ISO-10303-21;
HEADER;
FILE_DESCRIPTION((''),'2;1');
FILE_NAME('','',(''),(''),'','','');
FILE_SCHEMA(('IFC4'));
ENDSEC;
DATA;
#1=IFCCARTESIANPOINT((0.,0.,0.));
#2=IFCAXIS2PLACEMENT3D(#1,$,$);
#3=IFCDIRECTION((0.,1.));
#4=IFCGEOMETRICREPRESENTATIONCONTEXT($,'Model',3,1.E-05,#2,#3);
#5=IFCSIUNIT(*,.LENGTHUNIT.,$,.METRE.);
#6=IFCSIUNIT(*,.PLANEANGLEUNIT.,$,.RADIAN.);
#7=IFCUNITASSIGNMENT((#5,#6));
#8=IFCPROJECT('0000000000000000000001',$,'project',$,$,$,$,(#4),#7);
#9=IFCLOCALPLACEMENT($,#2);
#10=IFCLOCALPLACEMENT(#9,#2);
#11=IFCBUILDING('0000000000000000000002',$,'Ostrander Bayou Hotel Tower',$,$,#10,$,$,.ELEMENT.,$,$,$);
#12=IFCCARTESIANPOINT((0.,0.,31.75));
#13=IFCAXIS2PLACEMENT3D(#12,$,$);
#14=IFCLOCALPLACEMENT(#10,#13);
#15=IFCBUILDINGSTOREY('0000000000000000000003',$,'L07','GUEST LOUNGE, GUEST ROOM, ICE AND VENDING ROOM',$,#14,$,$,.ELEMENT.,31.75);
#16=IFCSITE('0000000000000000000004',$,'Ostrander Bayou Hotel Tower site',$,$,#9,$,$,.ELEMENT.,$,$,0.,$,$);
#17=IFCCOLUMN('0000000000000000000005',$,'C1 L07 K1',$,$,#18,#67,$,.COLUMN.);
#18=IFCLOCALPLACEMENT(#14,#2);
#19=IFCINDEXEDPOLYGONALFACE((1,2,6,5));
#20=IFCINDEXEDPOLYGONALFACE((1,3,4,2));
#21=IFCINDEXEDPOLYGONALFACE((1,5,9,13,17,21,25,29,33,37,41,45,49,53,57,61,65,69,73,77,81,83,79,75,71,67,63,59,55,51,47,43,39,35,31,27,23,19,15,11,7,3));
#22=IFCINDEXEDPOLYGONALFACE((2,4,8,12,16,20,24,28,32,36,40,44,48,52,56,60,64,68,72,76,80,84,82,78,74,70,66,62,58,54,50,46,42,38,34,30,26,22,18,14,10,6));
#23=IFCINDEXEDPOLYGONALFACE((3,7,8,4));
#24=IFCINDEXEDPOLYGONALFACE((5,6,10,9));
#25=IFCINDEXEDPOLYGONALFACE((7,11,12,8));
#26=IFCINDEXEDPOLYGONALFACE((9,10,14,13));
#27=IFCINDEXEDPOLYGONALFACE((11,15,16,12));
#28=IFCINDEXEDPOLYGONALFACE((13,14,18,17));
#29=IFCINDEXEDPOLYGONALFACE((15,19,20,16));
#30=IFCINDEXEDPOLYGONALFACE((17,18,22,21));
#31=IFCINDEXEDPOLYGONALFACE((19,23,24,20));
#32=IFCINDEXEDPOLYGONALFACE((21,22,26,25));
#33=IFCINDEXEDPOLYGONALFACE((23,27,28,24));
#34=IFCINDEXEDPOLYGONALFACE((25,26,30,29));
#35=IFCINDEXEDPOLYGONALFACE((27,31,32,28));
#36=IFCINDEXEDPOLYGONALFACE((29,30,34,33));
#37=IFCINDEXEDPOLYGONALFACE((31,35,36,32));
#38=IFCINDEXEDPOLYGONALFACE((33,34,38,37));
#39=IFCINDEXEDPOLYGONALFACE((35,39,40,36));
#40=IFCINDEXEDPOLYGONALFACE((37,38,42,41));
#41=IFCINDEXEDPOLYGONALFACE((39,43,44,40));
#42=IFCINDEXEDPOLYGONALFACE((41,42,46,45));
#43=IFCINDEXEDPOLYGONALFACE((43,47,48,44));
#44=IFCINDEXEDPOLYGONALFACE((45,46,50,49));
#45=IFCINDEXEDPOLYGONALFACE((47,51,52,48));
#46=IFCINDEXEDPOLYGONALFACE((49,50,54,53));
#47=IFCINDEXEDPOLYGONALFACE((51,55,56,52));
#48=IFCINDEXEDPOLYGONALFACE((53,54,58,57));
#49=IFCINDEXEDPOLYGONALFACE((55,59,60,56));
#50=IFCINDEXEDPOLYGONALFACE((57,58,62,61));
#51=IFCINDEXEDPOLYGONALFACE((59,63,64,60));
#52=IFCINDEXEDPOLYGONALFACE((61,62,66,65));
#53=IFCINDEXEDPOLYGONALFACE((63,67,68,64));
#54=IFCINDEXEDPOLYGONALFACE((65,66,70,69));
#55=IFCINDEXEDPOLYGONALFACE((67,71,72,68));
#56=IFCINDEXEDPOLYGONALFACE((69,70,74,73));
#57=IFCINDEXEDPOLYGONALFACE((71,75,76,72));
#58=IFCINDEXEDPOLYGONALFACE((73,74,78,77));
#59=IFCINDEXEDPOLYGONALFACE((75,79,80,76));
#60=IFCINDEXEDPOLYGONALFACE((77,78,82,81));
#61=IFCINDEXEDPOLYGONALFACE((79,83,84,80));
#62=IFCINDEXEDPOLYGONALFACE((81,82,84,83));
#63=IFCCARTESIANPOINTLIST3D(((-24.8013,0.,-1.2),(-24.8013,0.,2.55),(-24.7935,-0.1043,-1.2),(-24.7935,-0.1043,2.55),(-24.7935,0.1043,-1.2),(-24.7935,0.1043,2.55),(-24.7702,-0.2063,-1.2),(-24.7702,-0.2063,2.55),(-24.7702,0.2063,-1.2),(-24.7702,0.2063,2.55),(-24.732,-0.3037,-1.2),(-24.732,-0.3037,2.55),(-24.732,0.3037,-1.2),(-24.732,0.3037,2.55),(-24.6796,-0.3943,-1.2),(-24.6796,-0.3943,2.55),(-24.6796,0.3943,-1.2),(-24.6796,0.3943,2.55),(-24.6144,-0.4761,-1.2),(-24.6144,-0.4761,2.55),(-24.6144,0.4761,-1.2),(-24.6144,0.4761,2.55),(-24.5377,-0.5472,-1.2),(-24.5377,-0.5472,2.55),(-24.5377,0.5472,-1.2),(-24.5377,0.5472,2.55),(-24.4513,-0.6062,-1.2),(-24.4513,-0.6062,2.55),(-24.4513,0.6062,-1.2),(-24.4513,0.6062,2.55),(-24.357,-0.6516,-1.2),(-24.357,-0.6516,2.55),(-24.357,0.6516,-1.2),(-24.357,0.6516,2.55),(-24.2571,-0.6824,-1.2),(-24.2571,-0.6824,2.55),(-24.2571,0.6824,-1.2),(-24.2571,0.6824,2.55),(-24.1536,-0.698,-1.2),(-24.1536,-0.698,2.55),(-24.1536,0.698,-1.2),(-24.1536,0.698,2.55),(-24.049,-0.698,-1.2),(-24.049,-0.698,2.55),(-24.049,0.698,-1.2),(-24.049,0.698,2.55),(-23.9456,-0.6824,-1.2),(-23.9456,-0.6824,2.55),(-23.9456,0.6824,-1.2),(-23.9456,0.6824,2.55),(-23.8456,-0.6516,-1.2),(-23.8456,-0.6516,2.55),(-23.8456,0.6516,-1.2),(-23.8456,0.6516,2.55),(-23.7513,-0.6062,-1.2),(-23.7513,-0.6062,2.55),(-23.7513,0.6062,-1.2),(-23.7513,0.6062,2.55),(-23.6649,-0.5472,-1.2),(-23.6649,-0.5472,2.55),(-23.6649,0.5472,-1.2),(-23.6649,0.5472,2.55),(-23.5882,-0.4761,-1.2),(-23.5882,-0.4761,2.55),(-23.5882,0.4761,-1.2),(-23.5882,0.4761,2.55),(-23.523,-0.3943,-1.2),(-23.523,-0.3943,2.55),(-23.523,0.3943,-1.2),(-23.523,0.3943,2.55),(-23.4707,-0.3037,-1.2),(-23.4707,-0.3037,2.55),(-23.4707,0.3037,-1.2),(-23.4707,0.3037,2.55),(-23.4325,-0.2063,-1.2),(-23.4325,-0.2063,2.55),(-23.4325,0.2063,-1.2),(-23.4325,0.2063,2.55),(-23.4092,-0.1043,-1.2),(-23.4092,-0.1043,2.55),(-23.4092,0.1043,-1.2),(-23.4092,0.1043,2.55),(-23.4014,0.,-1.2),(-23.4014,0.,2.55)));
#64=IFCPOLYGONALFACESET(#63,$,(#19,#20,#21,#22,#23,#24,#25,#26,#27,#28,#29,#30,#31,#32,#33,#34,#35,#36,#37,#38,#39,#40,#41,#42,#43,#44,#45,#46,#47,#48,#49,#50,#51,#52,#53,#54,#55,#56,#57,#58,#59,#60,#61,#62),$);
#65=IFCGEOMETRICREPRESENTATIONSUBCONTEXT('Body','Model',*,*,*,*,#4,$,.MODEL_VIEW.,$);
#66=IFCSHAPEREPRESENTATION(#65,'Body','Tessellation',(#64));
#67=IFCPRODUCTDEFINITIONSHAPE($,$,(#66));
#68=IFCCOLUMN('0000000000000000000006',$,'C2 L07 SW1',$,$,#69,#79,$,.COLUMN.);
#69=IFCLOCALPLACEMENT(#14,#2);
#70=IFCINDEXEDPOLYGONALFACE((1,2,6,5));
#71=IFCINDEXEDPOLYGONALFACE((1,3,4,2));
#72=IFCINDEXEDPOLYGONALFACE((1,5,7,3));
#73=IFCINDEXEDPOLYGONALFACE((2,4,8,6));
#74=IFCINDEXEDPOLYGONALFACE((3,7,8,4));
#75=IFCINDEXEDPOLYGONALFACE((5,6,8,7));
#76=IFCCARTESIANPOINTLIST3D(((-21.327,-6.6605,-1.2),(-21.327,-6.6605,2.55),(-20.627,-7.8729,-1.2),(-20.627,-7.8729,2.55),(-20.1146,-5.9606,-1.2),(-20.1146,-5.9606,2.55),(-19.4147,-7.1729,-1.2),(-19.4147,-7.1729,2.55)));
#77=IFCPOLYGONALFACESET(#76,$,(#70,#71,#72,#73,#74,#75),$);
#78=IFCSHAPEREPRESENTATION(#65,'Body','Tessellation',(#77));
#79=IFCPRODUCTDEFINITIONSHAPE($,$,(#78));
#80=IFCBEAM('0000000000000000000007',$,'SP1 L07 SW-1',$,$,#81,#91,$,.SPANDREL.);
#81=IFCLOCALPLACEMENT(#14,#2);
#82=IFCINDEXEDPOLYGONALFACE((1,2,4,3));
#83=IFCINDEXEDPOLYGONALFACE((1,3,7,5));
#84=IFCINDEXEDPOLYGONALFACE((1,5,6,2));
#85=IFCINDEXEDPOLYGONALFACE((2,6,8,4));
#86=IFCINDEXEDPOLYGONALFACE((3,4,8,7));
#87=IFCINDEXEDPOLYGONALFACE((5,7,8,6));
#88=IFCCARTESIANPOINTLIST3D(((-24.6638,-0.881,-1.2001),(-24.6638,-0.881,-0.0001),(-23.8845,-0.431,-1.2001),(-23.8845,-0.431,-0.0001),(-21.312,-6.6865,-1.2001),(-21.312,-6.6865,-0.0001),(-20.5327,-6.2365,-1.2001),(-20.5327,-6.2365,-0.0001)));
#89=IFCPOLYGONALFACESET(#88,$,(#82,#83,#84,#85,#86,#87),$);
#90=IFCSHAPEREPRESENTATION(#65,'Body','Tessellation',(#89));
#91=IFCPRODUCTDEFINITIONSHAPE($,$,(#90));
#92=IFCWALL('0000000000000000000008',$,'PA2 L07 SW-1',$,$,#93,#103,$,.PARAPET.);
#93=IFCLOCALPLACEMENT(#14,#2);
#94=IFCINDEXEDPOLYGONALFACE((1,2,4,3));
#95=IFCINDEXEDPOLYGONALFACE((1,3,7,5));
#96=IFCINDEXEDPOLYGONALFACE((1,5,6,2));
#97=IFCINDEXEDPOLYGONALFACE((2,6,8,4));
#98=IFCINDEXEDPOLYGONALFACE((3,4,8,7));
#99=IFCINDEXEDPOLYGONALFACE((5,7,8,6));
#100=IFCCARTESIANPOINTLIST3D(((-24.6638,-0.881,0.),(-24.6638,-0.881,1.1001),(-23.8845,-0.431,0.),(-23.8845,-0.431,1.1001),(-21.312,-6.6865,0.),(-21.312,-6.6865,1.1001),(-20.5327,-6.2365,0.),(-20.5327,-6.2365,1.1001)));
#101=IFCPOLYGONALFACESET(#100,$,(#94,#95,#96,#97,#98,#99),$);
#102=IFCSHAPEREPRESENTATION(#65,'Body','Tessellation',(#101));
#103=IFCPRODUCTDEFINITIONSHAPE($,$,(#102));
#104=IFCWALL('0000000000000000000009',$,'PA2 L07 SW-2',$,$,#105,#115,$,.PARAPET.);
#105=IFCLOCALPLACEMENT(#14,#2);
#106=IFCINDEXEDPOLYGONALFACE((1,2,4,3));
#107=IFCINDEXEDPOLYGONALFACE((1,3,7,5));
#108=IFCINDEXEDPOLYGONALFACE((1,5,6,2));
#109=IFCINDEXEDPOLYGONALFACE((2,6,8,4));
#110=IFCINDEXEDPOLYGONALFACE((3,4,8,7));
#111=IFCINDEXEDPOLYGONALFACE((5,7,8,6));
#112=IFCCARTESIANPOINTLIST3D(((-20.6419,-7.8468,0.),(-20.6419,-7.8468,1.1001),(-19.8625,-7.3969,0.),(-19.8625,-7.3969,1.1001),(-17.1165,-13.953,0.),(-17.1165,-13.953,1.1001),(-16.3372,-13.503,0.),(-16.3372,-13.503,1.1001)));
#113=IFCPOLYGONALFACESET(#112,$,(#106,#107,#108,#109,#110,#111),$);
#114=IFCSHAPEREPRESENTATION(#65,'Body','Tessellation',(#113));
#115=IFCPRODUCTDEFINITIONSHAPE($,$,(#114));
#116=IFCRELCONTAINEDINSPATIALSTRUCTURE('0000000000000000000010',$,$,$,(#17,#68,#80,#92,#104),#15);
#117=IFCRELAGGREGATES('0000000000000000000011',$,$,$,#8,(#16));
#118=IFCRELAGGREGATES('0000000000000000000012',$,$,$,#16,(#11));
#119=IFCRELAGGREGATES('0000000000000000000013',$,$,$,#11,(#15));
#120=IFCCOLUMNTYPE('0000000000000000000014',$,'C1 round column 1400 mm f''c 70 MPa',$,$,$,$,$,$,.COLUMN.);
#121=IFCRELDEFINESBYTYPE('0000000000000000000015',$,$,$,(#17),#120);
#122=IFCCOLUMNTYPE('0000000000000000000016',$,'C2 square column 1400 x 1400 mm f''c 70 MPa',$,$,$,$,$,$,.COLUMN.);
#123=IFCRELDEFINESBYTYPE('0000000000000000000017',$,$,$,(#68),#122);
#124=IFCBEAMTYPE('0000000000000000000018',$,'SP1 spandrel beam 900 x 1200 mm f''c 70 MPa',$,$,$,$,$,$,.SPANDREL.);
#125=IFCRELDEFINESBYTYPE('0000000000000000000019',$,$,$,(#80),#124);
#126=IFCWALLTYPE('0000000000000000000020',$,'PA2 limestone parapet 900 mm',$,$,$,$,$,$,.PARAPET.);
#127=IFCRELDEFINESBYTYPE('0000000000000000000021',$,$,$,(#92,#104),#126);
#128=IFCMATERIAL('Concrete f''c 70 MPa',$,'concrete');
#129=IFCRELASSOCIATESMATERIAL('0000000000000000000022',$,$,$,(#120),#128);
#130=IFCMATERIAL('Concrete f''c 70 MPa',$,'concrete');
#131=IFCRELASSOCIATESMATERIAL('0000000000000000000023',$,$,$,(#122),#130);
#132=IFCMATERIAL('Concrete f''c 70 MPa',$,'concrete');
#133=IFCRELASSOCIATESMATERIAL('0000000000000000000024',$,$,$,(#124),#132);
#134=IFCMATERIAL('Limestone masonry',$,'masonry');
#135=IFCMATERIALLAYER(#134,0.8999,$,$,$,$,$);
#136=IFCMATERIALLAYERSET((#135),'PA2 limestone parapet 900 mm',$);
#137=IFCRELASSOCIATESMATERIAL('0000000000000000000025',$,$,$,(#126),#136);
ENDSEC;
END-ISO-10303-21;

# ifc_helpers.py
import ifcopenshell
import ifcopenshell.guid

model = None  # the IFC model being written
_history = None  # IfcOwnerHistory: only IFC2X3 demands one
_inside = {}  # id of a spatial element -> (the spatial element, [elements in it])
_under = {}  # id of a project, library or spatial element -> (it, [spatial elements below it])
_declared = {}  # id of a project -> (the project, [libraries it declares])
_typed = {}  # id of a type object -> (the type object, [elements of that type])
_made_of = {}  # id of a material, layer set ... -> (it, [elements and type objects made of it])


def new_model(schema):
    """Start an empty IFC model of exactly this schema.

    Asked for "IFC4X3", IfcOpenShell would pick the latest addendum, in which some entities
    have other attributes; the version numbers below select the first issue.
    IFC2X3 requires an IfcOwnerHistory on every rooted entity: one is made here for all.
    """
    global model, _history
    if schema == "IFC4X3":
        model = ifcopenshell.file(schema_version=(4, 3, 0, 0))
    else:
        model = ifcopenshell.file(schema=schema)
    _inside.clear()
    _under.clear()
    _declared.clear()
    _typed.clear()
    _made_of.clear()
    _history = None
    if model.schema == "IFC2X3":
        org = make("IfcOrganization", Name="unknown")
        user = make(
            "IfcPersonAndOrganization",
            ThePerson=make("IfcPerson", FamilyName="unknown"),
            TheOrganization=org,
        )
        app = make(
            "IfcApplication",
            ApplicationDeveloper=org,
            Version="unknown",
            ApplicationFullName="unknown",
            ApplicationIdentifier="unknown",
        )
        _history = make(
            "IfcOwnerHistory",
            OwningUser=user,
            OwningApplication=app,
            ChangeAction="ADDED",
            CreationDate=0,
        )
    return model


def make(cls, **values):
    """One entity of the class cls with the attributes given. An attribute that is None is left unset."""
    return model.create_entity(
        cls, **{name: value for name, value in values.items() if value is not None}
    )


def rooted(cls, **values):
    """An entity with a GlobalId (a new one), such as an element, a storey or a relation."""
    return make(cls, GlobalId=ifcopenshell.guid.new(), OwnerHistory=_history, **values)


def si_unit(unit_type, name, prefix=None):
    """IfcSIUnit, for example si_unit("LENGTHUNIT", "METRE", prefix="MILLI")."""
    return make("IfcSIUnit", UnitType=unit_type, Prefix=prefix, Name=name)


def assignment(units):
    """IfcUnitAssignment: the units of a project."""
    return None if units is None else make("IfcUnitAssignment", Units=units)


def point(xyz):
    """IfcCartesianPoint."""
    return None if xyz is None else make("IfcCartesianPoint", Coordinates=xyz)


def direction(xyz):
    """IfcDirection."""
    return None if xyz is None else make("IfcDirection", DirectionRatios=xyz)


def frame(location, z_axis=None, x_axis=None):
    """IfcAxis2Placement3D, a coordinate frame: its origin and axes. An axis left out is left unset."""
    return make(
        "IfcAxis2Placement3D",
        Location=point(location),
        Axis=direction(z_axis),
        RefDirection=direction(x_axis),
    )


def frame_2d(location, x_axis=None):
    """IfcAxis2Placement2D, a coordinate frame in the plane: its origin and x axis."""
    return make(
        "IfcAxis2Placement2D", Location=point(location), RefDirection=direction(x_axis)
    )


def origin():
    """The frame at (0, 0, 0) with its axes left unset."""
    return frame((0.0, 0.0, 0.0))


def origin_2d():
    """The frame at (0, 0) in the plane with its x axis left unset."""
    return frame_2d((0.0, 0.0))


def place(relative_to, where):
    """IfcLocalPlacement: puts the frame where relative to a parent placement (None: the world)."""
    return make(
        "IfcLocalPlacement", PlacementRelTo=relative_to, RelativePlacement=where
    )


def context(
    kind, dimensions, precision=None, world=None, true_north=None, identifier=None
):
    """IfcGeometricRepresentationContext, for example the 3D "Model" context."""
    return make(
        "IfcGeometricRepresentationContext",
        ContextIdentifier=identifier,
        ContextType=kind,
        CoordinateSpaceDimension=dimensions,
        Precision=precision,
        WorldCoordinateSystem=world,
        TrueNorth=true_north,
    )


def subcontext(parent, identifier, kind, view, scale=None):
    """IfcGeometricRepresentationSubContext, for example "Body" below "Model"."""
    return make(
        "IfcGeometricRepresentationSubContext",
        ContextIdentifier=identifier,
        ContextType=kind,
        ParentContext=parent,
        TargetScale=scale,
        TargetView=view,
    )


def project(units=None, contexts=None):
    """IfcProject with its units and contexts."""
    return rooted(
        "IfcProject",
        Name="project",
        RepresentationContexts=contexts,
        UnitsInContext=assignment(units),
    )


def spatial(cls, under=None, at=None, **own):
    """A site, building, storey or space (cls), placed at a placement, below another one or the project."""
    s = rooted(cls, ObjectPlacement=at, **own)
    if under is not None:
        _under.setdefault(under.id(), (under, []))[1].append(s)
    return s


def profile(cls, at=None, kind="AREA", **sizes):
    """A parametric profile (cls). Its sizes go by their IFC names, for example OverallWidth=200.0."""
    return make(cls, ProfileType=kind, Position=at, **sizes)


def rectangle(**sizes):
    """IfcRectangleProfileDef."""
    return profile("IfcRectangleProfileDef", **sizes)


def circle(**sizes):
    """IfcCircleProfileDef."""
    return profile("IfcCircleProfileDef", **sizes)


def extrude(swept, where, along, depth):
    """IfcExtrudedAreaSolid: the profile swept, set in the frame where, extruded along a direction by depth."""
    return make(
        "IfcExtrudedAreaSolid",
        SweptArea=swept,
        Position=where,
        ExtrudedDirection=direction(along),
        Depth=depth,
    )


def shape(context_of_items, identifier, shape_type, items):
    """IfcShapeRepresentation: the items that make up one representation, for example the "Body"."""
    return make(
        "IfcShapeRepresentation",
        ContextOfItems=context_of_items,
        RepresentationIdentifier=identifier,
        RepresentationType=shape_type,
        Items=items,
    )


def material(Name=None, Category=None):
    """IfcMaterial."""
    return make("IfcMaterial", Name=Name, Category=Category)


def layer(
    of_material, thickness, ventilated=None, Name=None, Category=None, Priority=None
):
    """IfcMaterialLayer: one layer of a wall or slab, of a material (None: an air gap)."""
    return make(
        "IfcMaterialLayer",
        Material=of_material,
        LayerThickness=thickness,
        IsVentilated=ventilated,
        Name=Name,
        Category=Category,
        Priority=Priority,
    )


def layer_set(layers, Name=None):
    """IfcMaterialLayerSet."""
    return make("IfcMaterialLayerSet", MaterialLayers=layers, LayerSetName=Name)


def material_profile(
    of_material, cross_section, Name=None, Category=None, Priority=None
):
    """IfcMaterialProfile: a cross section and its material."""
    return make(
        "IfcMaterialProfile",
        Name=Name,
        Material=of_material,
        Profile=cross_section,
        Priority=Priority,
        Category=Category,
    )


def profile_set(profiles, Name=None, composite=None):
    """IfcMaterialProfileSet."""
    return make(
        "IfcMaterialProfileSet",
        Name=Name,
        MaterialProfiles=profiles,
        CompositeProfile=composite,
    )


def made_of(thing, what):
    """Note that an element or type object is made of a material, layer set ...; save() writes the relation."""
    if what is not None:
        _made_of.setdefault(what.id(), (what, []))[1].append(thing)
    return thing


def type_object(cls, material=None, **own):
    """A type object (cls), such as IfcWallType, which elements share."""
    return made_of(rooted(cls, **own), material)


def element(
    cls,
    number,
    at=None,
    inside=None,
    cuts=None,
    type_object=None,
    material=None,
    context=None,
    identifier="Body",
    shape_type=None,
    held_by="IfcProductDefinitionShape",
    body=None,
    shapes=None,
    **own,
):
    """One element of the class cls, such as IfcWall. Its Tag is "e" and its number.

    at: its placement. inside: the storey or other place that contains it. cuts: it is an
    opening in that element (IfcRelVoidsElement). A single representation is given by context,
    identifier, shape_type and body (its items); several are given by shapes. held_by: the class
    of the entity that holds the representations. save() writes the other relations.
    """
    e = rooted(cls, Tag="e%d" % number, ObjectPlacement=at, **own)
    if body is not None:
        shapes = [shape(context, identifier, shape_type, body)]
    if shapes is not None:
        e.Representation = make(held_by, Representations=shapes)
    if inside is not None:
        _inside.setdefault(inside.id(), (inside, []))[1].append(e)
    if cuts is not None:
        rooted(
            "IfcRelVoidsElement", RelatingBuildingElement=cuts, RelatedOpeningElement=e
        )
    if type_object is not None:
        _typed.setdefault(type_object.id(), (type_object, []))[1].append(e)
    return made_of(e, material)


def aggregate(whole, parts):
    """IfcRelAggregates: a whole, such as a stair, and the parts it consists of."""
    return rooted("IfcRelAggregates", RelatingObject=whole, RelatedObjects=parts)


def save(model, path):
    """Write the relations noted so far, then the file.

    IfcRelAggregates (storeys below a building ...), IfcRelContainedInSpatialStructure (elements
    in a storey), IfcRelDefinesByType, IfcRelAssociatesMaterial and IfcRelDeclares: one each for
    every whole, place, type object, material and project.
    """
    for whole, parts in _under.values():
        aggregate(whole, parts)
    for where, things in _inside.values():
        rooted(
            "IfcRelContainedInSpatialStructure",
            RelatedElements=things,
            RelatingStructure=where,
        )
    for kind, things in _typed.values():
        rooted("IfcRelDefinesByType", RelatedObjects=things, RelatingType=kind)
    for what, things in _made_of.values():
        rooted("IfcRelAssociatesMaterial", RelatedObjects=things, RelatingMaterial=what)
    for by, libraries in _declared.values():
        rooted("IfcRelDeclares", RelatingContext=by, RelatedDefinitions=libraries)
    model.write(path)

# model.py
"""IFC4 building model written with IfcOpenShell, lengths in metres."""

from ifc_helpers import new_model, si_unit, direction, frame, frame_2d, origin, origin_2d, place, context, subcontext, project, spatial, rectangle, circle, extrude, material, layer, layer_set, material_profile, profile_set, type_object, element, save


model = new_model("IFC4")

# Units and contexts
model_context = context("Model", 3, precision=1e-05, world=origin(), true_north=direction((0.0, 1.0)))
body_context = subcontext(model_context, "Body", "Model", "MODEL_VIEW")
ifc_project = project(units=[si_unit("LENGTHUNIT", "METRE"), si_unit("PLANEANGLEUNIT", "RADIAN")], contexts=[model_context])

# Site, building, storey
site_placement = place(None, origin())
site = spatial("IfcSite", under=ifc_project, at=site_placement, Name="Ostrander Bayou Hotel Tower site", CompositionType="ELEMENT", RefElevation=0.0)
building_placement = place(site_placement, origin())
building = spatial("IfcBuilding", under=site, at=building_placement, Name="Ostrander Bayou Hotel Tower", CompositionType="ELEMENT")
storey_placement = place(building_placement, frame((0.0, 0.0, 31.75)))
storey = spatial("IfcBuildingStorey", under=building, at=storey_placement, Name="L07", Description="GUEST LOUNGE, GUEST ROOM, ICE AND VENDING ROOM", CompositionType="ELEMENT", Elevation=31.75)

# Columns
ifc_material_1 = material(Name="Concrete f'c 70 MPa", Category="concrete")
ifc_material_profile_1 = material_profile(ifc_material_1, circle(Radius=0.7, at=origin_2d()))
ifc_profile_set_1 = profile_set([ifc_material_profile_1], Name="Concrete f'c 70 MPa")
column_type_1 = type_object("IfcColumnType", Name="C1 round column 1400 mm f'c 70 MPa", PredefinedType="COLUMN", material=ifc_profile_set_1)
column_1_placement = place(storey_placement, frame((-24.1013, 0.0, -1.2), z_axis=(0.0, 0.0, 1.0), x_axis=(1.0, 0.0, 0.0)))
element("IfcColumn", 1, at=column_1_placement, inside=storey, type_object=column_type_1, Name="C1 L07 K1", PredefinedType="COLUMN", context=body_context, shape_type="SweptSolid", body=[
    extrude(circle(Radius=0.7, at=origin_2d()), origin(), (0.0, 0.0, 1.0), 3.75),
])
ifc_material_2 = material(Name="Concrete f'c 70 MPa", Category="concrete")
ifc_material_profile_2 = material_profile(ifc_material_2, rectangle(XDim=1.3999, YDim=1.3999, at=origin_2d()))
ifc_profile_set_2 = profile_set([ifc_material_profile_2], Name="Concrete f'c 70 MPa")
column_type_2 = type_object("IfcColumnType", Name="C2 square column 1400 x 1400 mm f'c 70 MPa", PredefinedType="COLUMN", material=ifc_profile_set_2)
column_2_placement = place(storey_placement, frame((-20.3708, -6.9167, -1.2), z_axis=(0.0, 0.0, 1.0), x_axis=(-0.5, 0.866025, 0.0)))
element("IfcColumn", 2, at=column_2_placement, inside=storey, type_object=column_type_2, Name="C2 L07 SW1", PredefinedType="COLUMN", context=body_context, shape_type="SweptSolid", body=[
    extrude(rectangle(XDim=1.3999, YDim=1.3999, at=origin_2d()), origin(), (0.0, 0.0, 1.0), 3.75),
])

# Beam
ifc_material_3 = material(Name="Concrete f'c 70 MPa", Category="concrete")
ifc_material_profile_3 = material_profile(ifc_material_3, rectangle(XDim=0.8999, YDim=1.2, at=origin_2d()))
ifc_profile_set_3 = profile_set([ifc_material_profile_3], Name="Concrete f'c 70 MPa")
beam_type = type_object("IfcBeamType", Name="SP1 spandrel beam 900 x 1200 mm f'c 70 MPa", PredefinedType="SPANDREL", material=ifc_profile_set_3)
beam_placement = place(storey_placement, frame((-24.2742, -0.656, -0.6001), z_axis=(0.500005, -0.866022, 0.0), x_axis=(0.866022, 0.500005, 0.0)))
element("IfcBeam", 3, at=beam_placement, inside=storey, type_object=beam_type, Name="SP1 L07 SW-1", PredefinedType="SPANDREL", context=body_context, shape_type="SweptSolid", body=[
    extrude(rectangle(XDim=0.8999, YDim=1.2, at=origin_2d()), origin(), (0.0, 0.0, 1.0), 6.7036),
])

# Walls
ifc_material_4 = material(Name="Limestone masonry", Category="masonry")
ifc_layer_1 = layer(ifc_material_4, 0.8999)
ifc_layer_set_1 = layer_set([ifc_layer_1], Name="PA2 limestone parapet 900 mm")
wall_type_1 = type_object("IfcWallType", Name="PA2 limestone parapet 900 mm", PredefinedType="PARAPET", material=ifc_layer_set_1)
wall_1_placement = place(storey_placement, frame((-24.2742, -0.656, 0.0), z_axis=(0.0, 0.0, 1.0), x_axis=(0.500005, -0.866022, 0.0)))
element("IfcWall", 4, at=wall_1_placement, inside=storey, type_object=wall_type_1, Name="PA2 L07 SW-1", PredefinedType="PARAPET", context=body_context, shape_type="SweptSolid", body=[
    extrude(rectangle(XDim=6.7036, YDim=0.8999, at=frame_2d((3.3518, 0.0))), origin(), (0.0, 0.0, 1.0), 1.1001),
])
wall_2_placement = place(storey_placement, frame((-20.2522, -7.6218, 0.0), z_axis=(0.0, 0.0, 1.0), x_axis=(0.499997, -0.866027, 0.0)))
element("IfcWall", 5, at=wall_2_placement, inside=storey, type_object=wall_type_1, Name="PA2 L07 SW-2", PredefinedType="PARAPET", context=body_context, shape_type="SweptSolid", body=[
    extrude(rectangle(XDim=7.0508, YDim=0.8999, at=frame_2d((3.5254, 0.0))), origin(), (0.0, 0.0, 1.0), 1.1001),
])

save(model, "model.ifc")
